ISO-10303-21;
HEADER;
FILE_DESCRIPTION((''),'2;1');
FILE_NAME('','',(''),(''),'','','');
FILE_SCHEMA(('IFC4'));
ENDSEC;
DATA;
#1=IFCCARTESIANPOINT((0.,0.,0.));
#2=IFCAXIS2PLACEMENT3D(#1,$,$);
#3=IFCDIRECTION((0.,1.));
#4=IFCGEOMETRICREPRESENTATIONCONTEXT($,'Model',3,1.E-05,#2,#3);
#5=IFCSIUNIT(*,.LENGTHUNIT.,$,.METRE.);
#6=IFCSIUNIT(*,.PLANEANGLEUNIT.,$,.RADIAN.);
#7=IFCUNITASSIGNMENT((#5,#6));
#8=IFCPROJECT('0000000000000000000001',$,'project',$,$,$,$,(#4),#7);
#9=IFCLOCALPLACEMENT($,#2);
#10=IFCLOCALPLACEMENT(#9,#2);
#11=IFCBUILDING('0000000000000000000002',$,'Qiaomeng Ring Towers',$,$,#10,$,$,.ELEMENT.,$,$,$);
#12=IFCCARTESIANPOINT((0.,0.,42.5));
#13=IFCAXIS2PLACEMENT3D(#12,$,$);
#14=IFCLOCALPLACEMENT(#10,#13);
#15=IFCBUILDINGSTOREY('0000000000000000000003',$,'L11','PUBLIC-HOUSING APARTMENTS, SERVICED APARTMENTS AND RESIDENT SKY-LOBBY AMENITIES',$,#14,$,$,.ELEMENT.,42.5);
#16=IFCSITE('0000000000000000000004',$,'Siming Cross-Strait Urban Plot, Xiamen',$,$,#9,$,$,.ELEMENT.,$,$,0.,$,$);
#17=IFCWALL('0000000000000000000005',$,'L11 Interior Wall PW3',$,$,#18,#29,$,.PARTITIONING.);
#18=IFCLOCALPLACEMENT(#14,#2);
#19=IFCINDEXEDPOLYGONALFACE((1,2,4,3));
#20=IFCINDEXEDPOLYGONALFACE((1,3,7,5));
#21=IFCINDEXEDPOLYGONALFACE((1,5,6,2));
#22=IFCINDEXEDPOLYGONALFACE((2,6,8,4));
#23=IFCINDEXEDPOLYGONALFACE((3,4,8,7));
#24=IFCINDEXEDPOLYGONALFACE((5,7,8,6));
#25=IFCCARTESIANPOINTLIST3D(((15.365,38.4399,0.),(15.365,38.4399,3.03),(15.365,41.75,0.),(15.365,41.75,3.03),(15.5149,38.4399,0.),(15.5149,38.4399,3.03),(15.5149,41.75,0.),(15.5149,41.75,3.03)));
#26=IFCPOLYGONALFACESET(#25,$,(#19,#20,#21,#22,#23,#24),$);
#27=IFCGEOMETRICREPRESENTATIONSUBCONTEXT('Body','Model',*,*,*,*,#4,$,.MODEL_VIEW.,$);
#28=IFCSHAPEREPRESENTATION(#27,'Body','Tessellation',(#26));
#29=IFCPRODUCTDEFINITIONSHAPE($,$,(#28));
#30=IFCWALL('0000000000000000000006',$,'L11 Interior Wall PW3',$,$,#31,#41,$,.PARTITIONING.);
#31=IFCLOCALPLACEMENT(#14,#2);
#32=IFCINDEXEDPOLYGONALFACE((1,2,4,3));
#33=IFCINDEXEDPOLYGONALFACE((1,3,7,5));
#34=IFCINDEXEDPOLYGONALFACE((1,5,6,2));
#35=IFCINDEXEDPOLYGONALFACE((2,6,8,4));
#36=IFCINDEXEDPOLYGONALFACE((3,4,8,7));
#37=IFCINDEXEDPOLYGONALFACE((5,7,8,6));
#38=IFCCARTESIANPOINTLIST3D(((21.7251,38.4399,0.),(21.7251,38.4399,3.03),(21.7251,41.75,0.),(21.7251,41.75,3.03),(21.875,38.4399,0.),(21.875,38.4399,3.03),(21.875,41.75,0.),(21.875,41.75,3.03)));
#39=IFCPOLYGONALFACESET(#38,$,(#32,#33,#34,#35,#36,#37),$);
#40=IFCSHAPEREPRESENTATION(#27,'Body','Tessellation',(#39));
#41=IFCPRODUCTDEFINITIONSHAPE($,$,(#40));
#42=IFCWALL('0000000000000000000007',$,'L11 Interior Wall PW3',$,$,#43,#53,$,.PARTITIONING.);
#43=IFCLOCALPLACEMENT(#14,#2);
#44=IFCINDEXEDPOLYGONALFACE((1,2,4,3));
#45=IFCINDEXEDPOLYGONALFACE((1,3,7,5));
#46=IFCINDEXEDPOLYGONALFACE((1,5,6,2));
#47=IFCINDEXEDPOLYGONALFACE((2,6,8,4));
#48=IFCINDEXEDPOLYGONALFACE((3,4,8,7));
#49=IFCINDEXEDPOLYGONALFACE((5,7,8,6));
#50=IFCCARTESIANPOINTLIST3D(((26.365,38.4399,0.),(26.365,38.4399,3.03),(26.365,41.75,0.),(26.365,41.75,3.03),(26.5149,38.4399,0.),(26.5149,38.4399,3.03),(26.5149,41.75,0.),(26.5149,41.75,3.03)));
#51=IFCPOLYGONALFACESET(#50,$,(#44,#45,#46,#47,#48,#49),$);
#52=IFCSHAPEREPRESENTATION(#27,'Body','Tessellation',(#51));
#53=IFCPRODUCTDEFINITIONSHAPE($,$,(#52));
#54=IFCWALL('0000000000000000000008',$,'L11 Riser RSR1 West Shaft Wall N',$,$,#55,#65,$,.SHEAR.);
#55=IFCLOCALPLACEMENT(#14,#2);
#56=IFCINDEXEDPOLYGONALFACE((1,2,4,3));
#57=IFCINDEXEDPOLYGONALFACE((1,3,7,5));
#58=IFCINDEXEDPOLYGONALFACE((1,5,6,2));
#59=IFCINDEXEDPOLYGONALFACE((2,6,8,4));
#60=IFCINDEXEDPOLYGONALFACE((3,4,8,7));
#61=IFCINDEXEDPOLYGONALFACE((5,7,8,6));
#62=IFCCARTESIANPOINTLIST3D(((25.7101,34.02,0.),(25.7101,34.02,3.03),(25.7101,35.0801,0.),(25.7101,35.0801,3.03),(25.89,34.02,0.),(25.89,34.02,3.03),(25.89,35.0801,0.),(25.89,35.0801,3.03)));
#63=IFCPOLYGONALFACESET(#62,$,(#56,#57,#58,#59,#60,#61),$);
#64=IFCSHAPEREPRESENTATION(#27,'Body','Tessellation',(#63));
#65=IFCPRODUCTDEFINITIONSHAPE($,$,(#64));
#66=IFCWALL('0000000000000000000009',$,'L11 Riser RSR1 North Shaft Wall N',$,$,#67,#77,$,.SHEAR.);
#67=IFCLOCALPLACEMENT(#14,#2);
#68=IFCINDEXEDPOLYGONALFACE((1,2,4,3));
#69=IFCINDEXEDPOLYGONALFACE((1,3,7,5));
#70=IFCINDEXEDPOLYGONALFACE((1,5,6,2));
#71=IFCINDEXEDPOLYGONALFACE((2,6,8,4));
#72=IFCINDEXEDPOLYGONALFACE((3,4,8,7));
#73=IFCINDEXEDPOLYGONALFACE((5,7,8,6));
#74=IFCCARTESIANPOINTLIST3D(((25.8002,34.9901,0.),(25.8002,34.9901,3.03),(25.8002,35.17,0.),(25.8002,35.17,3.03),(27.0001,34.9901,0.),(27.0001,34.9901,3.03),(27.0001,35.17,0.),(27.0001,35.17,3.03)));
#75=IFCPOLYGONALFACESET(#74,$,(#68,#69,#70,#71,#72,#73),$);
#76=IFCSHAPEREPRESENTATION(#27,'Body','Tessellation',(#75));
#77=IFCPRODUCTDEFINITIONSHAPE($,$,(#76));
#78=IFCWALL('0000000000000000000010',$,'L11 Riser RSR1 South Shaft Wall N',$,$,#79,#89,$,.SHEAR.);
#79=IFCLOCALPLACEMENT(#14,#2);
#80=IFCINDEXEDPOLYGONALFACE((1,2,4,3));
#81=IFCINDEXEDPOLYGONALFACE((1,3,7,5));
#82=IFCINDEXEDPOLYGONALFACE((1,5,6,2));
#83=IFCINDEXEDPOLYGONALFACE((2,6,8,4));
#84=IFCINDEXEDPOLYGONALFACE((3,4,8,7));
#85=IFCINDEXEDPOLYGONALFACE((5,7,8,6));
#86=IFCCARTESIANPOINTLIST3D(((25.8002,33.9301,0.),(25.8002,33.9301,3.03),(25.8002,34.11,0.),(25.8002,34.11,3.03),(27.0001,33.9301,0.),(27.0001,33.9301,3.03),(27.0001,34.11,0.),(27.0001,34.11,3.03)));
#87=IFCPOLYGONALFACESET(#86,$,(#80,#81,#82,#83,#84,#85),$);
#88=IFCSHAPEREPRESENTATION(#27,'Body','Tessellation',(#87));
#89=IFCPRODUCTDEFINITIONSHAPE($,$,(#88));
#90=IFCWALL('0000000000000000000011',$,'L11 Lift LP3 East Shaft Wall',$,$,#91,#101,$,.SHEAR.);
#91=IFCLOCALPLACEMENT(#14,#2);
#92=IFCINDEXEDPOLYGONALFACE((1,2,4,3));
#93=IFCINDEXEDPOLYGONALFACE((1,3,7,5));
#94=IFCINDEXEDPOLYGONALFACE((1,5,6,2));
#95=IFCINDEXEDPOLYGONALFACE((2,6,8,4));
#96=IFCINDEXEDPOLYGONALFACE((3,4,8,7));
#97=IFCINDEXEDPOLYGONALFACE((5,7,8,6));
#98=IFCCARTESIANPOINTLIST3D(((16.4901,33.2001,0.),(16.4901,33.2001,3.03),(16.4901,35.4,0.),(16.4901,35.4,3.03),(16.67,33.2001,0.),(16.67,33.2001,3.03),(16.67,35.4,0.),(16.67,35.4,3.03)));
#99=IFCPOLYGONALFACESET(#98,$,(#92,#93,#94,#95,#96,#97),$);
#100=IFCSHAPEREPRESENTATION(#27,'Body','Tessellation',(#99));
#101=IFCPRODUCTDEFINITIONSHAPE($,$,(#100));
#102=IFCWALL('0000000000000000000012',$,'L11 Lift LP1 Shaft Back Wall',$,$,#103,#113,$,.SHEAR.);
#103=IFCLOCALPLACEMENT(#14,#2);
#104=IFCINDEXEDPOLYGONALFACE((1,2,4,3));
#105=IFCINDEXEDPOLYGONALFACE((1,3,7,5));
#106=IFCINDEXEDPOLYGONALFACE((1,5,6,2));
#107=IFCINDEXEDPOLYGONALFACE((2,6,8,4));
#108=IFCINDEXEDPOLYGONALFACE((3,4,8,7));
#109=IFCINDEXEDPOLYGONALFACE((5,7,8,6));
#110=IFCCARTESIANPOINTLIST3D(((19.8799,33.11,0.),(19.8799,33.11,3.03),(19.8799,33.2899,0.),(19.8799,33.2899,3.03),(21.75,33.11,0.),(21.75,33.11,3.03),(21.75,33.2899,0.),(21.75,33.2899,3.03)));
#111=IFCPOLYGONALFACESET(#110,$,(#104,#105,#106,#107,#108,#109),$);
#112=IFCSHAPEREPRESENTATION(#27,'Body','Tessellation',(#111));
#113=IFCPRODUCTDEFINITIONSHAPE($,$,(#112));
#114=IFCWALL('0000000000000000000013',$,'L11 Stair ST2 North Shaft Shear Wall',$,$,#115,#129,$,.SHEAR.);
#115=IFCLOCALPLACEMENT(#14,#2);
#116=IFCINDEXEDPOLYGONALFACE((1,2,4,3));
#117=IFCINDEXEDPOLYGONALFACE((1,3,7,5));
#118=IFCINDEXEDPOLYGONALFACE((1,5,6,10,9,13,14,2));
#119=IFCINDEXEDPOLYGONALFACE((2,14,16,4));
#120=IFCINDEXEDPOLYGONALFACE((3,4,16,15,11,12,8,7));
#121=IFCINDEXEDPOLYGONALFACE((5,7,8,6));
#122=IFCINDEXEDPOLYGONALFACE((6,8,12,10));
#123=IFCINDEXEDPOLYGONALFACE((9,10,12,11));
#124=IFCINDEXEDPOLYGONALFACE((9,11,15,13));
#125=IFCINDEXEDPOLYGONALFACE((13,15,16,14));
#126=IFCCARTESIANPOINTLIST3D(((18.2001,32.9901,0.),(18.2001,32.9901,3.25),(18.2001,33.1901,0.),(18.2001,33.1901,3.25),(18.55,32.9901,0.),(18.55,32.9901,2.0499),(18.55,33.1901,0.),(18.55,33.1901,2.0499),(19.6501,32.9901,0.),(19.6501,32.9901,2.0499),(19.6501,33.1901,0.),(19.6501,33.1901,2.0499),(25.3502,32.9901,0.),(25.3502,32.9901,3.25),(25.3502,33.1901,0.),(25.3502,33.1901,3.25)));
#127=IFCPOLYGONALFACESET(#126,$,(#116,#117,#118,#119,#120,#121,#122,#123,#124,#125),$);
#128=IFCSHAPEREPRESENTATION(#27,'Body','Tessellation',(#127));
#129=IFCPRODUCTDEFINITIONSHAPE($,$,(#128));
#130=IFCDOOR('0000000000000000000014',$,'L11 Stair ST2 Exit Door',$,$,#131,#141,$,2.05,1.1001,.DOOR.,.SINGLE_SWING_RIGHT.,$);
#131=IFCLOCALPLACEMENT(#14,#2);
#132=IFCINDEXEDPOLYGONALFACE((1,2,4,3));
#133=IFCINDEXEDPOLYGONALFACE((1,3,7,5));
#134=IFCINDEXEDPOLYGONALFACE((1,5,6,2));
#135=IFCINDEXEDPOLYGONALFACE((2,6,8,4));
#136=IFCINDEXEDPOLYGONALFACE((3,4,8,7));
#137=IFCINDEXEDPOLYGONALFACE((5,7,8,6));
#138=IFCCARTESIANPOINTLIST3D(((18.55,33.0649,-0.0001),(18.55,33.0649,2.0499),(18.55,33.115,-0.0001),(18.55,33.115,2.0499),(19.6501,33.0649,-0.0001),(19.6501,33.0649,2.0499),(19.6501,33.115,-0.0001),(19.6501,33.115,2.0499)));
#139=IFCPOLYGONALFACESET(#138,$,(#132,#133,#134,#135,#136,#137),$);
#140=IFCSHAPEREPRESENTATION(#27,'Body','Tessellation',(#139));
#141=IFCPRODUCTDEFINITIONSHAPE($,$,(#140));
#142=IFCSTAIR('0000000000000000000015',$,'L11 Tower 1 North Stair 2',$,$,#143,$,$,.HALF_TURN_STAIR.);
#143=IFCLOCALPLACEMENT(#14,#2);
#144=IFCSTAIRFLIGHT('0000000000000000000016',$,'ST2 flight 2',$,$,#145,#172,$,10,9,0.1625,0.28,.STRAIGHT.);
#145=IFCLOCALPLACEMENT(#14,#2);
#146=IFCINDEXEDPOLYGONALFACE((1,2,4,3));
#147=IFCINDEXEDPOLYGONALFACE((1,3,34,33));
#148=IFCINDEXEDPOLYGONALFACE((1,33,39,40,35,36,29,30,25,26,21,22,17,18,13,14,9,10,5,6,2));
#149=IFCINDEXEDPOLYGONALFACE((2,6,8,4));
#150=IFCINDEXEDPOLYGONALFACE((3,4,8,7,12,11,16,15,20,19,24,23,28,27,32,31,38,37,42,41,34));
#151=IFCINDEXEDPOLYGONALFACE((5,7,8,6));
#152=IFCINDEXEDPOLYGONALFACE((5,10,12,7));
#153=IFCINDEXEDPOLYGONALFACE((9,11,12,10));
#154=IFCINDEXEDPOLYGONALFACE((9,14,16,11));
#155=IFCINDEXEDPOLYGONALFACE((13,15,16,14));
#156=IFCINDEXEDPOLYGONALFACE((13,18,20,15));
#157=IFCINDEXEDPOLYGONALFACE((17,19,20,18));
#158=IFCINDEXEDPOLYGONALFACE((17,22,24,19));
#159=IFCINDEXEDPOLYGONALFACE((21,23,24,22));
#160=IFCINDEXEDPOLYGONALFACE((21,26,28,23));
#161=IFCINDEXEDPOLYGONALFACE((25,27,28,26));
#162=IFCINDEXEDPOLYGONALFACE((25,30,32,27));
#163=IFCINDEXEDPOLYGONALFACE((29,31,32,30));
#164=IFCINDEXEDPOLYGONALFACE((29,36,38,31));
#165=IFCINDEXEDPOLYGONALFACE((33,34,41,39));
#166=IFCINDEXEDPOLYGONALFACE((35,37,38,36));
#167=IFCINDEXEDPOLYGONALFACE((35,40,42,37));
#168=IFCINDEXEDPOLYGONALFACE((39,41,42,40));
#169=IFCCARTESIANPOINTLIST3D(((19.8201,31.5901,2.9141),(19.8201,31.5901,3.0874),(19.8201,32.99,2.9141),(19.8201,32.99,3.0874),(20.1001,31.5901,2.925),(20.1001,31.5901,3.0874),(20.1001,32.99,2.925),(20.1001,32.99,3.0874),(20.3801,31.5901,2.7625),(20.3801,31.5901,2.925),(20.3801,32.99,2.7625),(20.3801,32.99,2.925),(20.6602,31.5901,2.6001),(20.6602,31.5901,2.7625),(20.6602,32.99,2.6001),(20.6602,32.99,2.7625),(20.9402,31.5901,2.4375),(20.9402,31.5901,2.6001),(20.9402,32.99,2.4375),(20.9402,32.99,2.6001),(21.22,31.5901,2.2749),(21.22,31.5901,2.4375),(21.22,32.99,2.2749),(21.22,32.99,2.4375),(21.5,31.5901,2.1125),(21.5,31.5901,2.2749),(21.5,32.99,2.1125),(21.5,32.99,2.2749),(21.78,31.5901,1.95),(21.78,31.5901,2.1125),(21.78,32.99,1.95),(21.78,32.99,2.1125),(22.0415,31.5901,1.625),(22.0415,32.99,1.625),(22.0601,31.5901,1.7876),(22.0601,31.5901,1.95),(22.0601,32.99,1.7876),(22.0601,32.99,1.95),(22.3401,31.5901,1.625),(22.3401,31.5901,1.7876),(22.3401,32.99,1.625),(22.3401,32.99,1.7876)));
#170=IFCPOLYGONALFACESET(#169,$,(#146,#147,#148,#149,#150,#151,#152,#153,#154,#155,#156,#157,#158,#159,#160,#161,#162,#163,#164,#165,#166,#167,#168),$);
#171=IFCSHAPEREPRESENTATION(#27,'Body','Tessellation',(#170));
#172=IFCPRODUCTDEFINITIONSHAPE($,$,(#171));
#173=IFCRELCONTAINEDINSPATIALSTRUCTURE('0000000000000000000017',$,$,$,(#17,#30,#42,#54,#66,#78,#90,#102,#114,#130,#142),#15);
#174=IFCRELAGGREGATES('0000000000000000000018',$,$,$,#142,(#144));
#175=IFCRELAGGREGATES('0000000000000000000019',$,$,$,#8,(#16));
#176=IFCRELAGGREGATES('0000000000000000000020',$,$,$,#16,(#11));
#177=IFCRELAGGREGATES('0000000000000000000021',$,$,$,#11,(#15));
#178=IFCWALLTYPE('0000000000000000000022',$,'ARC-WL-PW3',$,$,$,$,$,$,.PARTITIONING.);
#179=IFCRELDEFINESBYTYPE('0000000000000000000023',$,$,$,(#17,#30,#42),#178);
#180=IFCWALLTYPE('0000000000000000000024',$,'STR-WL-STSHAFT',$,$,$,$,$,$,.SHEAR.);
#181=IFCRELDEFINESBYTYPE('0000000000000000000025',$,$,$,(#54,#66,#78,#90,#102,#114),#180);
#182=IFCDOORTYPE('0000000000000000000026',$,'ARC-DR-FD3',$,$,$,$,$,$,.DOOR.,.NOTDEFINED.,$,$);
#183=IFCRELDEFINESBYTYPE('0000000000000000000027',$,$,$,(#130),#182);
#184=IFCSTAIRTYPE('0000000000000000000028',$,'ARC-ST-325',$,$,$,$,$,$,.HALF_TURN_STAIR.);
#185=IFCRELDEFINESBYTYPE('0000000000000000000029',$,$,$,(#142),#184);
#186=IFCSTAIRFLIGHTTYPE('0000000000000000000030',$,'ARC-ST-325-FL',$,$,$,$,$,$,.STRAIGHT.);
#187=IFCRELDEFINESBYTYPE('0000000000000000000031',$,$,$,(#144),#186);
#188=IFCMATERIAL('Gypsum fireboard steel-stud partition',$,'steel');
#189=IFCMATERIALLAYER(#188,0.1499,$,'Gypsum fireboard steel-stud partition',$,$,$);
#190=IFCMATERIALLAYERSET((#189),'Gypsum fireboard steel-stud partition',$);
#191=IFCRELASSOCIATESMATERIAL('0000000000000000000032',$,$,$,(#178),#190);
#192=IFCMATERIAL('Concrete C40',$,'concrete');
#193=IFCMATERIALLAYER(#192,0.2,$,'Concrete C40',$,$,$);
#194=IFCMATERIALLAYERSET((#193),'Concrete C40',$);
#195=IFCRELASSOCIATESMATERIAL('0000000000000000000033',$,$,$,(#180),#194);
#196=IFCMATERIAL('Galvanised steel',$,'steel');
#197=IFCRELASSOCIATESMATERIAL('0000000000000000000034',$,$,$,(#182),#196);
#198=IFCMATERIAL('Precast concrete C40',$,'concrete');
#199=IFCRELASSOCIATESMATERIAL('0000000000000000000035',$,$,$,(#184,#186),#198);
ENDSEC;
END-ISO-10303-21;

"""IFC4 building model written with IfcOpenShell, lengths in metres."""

from ifc_helpers import new_model, si_unit, direction, frame, frame_2d, origin, place, context, subcontext, project, spatial, polyline, rectangle, outline, extrude, source, transform, mapped, material, layer, layer_set, type_object, element, fill, aggregate, save


model = new_model("IFC4")

# Units and contexts
model_context = context("Model", 3, precision=1e-05, world=origin(), true_north=direction((0.0, 1.0)))
body_context = subcontext(model_context, "Body", "Model", "MODEL_VIEW")
ifc_project = project(units=[si_unit("LENGTHUNIT", "METRE"), si_unit("PLANEANGLEUNIT", "RADIAN")], contexts=[model_context])

# Site, building, storey
site_placement = place(None, origin())
site = spatial("IfcSite", under=ifc_project, at=site_placement, Name="Siming Cross-Strait Urban Plot, Xiamen", CompositionType="ELEMENT", RefElevation=0.0)
building_placement = place(site_placement, origin())
building = spatial("IfcBuilding", under=site, at=building_placement, Name="Qiaomeng Ring Towers", CompositionType="ELEMENT")
storey_placement = place(building_placement, frame((0.0, 0.0, 42.5)))
storey = spatial("IfcBuildingStorey", under=building, at=storey_placement, Name="L11", Description="PUBLIC-HOUSING APARTMENTS, SERVICED APARTMENTS AND RESIDENT SKY-LOBBY AMENITIES", CompositionType="ELEMENT", Elevation=42.5)

# Walls
ifc_material_1 = material(Name="Gypsum fireboard steel-stud partition", Category="steel")
ifc_layer_1 = layer(ifc_material_1, 0.1499, Name="Gypsum fireboard steel-stud partition")
ifc_layer_set_1 = layer_set([ifc_layer_1], Name="Gypsum fireboard steel-stud partition")
wall_type_1 = type_object("IfcWallType", Name="ARC-WL-PW3", PredefinedType="PARTITIONING", material=ifc_layer_set_1)
for number, where, z_axis, x_axis, name in (
    (1, (15.4399, 38.4399, 0.0), (0.0, 0.0, 1.0), (0.0, 1.0, 0.0), "L11 Interior Wall PW3"),
    (2, (21.8, 38.4399, 0.0), (0.0, 0.0, 1.0), (0.0, 1.0, 0.0), "L11 Interior Wall PW3"),
    (3, (26.4399, 38.4399, 0.0), (0.0, 0.0, 1.0), (0.0, 1.0, 0.0), "L11 Interior Wall PW3"),
):
    element("IfcWall", number, at=place(storey_placement, frame(where, z_axis=z_axis, x_axis=x_axis)), inside=storey, type_object=wall_type_1, Name=name, PredefinedType="PARTITIONING", context=body_context, shape_type="SweptSolid", body=[
        extrude(rectangle(XDim=3.3101, YDim=0.1499, at=frame_2d((1.655, 0.0))), origin(), (0.0, 0.0, 1.0), 3.03),
    ])
ifc_material_2 = material(Name="Concrete C40", Category="concrete")
ifc_layer_2 = layer(ifc_material_2, 0.2, Name="Concrete C40")
ifc_layer_set_2 = layer_set([ifc_layer_2], Name="Concrete C40")
wall_type_2 = type_object("IfcWallType", Name="STR-WL-STSHAFT", PredefinedType="SHEAR", material=ifc_layer_set_2)
wall_1_placement = place(storey_placement, frame((25.8, 34.02, 0.0), z_axis=(0.0, 0.0, 1.0), x_axis=(0.0, 1.0, 0.0)))
element("IfcWall", 4, at=wall_1_placement, inside=storey, type_object=wall_type_2, Name="L11 Riser RSR1 West Shaft Wall N", PredefinedType="SHEAR", context=body_context, shape_type="SweptSolid", body=[
    extrude(rectangle(XDim=1.0601, YDim=0.1799, at=frame_2d((0.53, 0.0))), origin(), (0.0, 0.0, 1.0), 3.03),
])
for number, where, z_axis, x_axis, name in (
    (5, (25.8, 35.0801, 0.0), (0.0, 0.0, 1.0), (1.0, 0.0, 0.0), "L11 Riser RSR1 North Shaft Wall N"),
    (6, (25.8, 34.02, 0.0), (0.0, 0.0, 1.0), (1.0, 0.0, 0.0), "L11 Riser RSR1 South Shaft Wall N"),
):
    element("IfcWall", number, at=place(storey_placement, frame(where, z_axis=z_axis, x_axis=x_axis)), inside=storey, type_object=wall_type_2, Name=name, PredefinedType="SHEAR", context=body_context, shape_type="SweptSolid", body=[
        extrude(rectangle(XDim=1.2, YDim=0.1799, at=frame_2d((0.6001, 0.0))), origin(), (0.0, 0.0, 1.0), 3.03),
    ])
wall_2_placement = place(storey_placement, frame((16.5801, 33.2, 0.0), z_axis=(0.0, 0.0, 1.0), x_axis=(0.0, 1.0, 0.0)))
element("IfcWall", 7, at=wall_2_placement, inside=storey, type_object=wall_type_2, Name="L11 Lift LP3 East Shaft Wall", PredefinedType="SHEAR", context=body_context, shape_type="SweptSolid", body=[
    extrude(rectangle(XDim=2.2, YDim=0.1799, at=frame_2d((1.1001, 0.0))), origin(), (0.0, 0.0, 1.0), 3.03),
])
wall_3_placement = place(storey_placement, frame((19.8799, 33.2, 0.0), z_axis=(0.0, 0.0, 1.0), x_axis=(1.0, 0.0, 0.0)))
element("IfcWall", 8, at=wall_3_placement, inside=storey, type_object=wall_type_2, Name="L11 Lift LP1 Shaft Back Wall", PredefinedType="SHEAR", context=body_context, shape_type="SweptSolid", body=[
    extrude(rectangle(XDim=1.8701, YDim=0.1799, at=frame_2d((0.9351, 0.0))), origin(), (0.0, 0.0, 1.0), 3.03),
])

# Wall, opening, door
wall_4_placement = place(storey_placement, frame((18.2, 33.0901, 0.0), z_axis=(0.0, 0.0, 1.0), x_axis=(1.0, 0.0, 0.0)))
wall_4 = element("IfcWall", 9, at=wall_4_placement, inside=storey, type_object=wall_type_2, Name="L11 Stair ST2 North Shaft Shear Wall", PredefinedType="SHEAR", context=body_context, shape_type="SweptSolid", body=[
    extrude(rectangle(XDim=7.1501, YDim=0.2, at=frame_2d((3.5752, 0.0))), origin(), (0.0, 0.0, 1.0), 3.25),
])
opening_placement = place(wall_4_placement, frame((0.3501, 0.0, 0.0)))
opening = element("IfcOpeningElement", 10, at=opening_placement, cuts=wall_4, PredefinedType="OPENING", context=body_context, shape_type="SweptSolid", body=[
    extrude(rectangle(XDim=1.1001, YDim=2.05, at=frame_2d((0.55, 1.0249))), frame((0.0, 0.1099, 0.0), z_axis=(0.0, -1.0, 0.0), x_axis=(1.0, 0.0, 0.0)), (0.0, 0.0, 1.0), 0.22),
])
ifc_material_3 = material(Name="Galvanised steel", Category="steel")
door_type = type_object("IfcDoorType", Name="ARC-DR-FD3", OperationType="NOTDEFINED", PredefinedType="DOOR", material=ifc_material_3)
shared_shape_1 = source(origin(), body_context, "Body", "SweptSolid", [
    extrude(rectangle(XDim=1.1001, YDim=2.05, at=frame_2d((0.55, 1.0249))), frame((0.0, 0.0249, 0.0), z_axis=(0.0, -1.0, 0.0), x_axis=(1.0, 0.0, 0.0)), (0.0, 0.0, 1.0), 0.05),
])
door_placement = place(opening_placement, origin())
door = element("IfcDoor", 11, at=door_placement, inside=storey, type_object=door_type, Name="L11 Stair ST2 Exit Door", OperationType="SINGLE_SWING_RIGHT", OverallHeight=2.05, OverallWidth=1.1001, PredefinedType="DOOR", context=body_context, shape_type="MappedRepresentation", body=[
    mapped(shared_shape_1, transform((0.0, 0.0, 0.0), x_axis=(1.0, 0.0, 0.0), y_axis=(0.0, 1.0, 0.0), z_axis=(0.0, 0.0, 1.0), scale=1.0)),
])
fill(opening, door)

# Stair, stair flight
ifc_material_4 = material(Name="Precast concrete C40", Category="concrete")
stair_type = type_object("IfcStairType", Name="ARC-ST-325", PredefinedType="HALF_TURN_STAIR", material=ifc_material_4)
stair_placement = place(storey_placement, origin())
stair = element("IfcStair", 12, at=stair_placement, inside=storey, type_object=stair_type, Name="L11 Tower 1 North Stair 2", PredefinedType="HALF_TURN_STAIR")
stair_flight_type = type_object("IfcStairFlightType", Name="ARC-ST-325-FL", PredefinedType="STRAIGHT", material=ifc_material_4)
shared_shape_2 = source(origin(), body_context, "Body", "SweptSolid", [
    extrude(outline(polyline([(0.0, 0.0), (0.0, 0.1626), (0.28, 0.1626), (0.28, 0.325), (0.5601, 0.325), (0.5601, 0.4875), (0.8401, 0.4875), (0.8401, 0.6499), (1.1201, 0.6499), (1.1201, 0.8125), (1.3999, 0.8125), (1.3999, 0.9751), (1.6799, 0.9751), (1.6799, 1.1375), (1.96, 1.1375), (1.96, 1.3), (2.24, 1.3), (2.24, 1.4624), (2.52, 1.4624), (2.52, 1.625), (2.52, 1.2891), (0.2986, 0.0), (0.0, 0.0)])), frame((0.0, 0.7, 0.0), z_axis=(0.0, -1.0, 0.0), x_axis=(1.0, 0.0, 0.0)), (0.0, 0.0, 1.0), 1.3999),
])
stair_flight_placement = place(storey_placement, frame((22.3401, 32.29, 1.625), z_axis=(0.0, 0.0, 1.0), x_axis=(-1.0, 0.0, 0.0)))
stair_flight = element("IfcStairFlight", 13, at=stair_flight_placement, type_object=stair_flight_type, Name="ST2 flight 2", NumberOfRisers=10, NumberOfTreads=9, PredefinedType="STRAIGHT", RiserHeight=0.1625, TreadLength=0.28, context=body_context, shape_type="MappedRepresentation", body=[
    mapped(shared_shape_2, transform((0.0, 0.0, 0.0), x_axis=(1.0, 0.0, 0.0), y_axis=(0.0, 1.0, 0.0), z_axis=(0.0, 0.0, 1.0), scale=1.0)),
])
aggregate(stair, [stair_flight])

save(model, "model.ifc")
